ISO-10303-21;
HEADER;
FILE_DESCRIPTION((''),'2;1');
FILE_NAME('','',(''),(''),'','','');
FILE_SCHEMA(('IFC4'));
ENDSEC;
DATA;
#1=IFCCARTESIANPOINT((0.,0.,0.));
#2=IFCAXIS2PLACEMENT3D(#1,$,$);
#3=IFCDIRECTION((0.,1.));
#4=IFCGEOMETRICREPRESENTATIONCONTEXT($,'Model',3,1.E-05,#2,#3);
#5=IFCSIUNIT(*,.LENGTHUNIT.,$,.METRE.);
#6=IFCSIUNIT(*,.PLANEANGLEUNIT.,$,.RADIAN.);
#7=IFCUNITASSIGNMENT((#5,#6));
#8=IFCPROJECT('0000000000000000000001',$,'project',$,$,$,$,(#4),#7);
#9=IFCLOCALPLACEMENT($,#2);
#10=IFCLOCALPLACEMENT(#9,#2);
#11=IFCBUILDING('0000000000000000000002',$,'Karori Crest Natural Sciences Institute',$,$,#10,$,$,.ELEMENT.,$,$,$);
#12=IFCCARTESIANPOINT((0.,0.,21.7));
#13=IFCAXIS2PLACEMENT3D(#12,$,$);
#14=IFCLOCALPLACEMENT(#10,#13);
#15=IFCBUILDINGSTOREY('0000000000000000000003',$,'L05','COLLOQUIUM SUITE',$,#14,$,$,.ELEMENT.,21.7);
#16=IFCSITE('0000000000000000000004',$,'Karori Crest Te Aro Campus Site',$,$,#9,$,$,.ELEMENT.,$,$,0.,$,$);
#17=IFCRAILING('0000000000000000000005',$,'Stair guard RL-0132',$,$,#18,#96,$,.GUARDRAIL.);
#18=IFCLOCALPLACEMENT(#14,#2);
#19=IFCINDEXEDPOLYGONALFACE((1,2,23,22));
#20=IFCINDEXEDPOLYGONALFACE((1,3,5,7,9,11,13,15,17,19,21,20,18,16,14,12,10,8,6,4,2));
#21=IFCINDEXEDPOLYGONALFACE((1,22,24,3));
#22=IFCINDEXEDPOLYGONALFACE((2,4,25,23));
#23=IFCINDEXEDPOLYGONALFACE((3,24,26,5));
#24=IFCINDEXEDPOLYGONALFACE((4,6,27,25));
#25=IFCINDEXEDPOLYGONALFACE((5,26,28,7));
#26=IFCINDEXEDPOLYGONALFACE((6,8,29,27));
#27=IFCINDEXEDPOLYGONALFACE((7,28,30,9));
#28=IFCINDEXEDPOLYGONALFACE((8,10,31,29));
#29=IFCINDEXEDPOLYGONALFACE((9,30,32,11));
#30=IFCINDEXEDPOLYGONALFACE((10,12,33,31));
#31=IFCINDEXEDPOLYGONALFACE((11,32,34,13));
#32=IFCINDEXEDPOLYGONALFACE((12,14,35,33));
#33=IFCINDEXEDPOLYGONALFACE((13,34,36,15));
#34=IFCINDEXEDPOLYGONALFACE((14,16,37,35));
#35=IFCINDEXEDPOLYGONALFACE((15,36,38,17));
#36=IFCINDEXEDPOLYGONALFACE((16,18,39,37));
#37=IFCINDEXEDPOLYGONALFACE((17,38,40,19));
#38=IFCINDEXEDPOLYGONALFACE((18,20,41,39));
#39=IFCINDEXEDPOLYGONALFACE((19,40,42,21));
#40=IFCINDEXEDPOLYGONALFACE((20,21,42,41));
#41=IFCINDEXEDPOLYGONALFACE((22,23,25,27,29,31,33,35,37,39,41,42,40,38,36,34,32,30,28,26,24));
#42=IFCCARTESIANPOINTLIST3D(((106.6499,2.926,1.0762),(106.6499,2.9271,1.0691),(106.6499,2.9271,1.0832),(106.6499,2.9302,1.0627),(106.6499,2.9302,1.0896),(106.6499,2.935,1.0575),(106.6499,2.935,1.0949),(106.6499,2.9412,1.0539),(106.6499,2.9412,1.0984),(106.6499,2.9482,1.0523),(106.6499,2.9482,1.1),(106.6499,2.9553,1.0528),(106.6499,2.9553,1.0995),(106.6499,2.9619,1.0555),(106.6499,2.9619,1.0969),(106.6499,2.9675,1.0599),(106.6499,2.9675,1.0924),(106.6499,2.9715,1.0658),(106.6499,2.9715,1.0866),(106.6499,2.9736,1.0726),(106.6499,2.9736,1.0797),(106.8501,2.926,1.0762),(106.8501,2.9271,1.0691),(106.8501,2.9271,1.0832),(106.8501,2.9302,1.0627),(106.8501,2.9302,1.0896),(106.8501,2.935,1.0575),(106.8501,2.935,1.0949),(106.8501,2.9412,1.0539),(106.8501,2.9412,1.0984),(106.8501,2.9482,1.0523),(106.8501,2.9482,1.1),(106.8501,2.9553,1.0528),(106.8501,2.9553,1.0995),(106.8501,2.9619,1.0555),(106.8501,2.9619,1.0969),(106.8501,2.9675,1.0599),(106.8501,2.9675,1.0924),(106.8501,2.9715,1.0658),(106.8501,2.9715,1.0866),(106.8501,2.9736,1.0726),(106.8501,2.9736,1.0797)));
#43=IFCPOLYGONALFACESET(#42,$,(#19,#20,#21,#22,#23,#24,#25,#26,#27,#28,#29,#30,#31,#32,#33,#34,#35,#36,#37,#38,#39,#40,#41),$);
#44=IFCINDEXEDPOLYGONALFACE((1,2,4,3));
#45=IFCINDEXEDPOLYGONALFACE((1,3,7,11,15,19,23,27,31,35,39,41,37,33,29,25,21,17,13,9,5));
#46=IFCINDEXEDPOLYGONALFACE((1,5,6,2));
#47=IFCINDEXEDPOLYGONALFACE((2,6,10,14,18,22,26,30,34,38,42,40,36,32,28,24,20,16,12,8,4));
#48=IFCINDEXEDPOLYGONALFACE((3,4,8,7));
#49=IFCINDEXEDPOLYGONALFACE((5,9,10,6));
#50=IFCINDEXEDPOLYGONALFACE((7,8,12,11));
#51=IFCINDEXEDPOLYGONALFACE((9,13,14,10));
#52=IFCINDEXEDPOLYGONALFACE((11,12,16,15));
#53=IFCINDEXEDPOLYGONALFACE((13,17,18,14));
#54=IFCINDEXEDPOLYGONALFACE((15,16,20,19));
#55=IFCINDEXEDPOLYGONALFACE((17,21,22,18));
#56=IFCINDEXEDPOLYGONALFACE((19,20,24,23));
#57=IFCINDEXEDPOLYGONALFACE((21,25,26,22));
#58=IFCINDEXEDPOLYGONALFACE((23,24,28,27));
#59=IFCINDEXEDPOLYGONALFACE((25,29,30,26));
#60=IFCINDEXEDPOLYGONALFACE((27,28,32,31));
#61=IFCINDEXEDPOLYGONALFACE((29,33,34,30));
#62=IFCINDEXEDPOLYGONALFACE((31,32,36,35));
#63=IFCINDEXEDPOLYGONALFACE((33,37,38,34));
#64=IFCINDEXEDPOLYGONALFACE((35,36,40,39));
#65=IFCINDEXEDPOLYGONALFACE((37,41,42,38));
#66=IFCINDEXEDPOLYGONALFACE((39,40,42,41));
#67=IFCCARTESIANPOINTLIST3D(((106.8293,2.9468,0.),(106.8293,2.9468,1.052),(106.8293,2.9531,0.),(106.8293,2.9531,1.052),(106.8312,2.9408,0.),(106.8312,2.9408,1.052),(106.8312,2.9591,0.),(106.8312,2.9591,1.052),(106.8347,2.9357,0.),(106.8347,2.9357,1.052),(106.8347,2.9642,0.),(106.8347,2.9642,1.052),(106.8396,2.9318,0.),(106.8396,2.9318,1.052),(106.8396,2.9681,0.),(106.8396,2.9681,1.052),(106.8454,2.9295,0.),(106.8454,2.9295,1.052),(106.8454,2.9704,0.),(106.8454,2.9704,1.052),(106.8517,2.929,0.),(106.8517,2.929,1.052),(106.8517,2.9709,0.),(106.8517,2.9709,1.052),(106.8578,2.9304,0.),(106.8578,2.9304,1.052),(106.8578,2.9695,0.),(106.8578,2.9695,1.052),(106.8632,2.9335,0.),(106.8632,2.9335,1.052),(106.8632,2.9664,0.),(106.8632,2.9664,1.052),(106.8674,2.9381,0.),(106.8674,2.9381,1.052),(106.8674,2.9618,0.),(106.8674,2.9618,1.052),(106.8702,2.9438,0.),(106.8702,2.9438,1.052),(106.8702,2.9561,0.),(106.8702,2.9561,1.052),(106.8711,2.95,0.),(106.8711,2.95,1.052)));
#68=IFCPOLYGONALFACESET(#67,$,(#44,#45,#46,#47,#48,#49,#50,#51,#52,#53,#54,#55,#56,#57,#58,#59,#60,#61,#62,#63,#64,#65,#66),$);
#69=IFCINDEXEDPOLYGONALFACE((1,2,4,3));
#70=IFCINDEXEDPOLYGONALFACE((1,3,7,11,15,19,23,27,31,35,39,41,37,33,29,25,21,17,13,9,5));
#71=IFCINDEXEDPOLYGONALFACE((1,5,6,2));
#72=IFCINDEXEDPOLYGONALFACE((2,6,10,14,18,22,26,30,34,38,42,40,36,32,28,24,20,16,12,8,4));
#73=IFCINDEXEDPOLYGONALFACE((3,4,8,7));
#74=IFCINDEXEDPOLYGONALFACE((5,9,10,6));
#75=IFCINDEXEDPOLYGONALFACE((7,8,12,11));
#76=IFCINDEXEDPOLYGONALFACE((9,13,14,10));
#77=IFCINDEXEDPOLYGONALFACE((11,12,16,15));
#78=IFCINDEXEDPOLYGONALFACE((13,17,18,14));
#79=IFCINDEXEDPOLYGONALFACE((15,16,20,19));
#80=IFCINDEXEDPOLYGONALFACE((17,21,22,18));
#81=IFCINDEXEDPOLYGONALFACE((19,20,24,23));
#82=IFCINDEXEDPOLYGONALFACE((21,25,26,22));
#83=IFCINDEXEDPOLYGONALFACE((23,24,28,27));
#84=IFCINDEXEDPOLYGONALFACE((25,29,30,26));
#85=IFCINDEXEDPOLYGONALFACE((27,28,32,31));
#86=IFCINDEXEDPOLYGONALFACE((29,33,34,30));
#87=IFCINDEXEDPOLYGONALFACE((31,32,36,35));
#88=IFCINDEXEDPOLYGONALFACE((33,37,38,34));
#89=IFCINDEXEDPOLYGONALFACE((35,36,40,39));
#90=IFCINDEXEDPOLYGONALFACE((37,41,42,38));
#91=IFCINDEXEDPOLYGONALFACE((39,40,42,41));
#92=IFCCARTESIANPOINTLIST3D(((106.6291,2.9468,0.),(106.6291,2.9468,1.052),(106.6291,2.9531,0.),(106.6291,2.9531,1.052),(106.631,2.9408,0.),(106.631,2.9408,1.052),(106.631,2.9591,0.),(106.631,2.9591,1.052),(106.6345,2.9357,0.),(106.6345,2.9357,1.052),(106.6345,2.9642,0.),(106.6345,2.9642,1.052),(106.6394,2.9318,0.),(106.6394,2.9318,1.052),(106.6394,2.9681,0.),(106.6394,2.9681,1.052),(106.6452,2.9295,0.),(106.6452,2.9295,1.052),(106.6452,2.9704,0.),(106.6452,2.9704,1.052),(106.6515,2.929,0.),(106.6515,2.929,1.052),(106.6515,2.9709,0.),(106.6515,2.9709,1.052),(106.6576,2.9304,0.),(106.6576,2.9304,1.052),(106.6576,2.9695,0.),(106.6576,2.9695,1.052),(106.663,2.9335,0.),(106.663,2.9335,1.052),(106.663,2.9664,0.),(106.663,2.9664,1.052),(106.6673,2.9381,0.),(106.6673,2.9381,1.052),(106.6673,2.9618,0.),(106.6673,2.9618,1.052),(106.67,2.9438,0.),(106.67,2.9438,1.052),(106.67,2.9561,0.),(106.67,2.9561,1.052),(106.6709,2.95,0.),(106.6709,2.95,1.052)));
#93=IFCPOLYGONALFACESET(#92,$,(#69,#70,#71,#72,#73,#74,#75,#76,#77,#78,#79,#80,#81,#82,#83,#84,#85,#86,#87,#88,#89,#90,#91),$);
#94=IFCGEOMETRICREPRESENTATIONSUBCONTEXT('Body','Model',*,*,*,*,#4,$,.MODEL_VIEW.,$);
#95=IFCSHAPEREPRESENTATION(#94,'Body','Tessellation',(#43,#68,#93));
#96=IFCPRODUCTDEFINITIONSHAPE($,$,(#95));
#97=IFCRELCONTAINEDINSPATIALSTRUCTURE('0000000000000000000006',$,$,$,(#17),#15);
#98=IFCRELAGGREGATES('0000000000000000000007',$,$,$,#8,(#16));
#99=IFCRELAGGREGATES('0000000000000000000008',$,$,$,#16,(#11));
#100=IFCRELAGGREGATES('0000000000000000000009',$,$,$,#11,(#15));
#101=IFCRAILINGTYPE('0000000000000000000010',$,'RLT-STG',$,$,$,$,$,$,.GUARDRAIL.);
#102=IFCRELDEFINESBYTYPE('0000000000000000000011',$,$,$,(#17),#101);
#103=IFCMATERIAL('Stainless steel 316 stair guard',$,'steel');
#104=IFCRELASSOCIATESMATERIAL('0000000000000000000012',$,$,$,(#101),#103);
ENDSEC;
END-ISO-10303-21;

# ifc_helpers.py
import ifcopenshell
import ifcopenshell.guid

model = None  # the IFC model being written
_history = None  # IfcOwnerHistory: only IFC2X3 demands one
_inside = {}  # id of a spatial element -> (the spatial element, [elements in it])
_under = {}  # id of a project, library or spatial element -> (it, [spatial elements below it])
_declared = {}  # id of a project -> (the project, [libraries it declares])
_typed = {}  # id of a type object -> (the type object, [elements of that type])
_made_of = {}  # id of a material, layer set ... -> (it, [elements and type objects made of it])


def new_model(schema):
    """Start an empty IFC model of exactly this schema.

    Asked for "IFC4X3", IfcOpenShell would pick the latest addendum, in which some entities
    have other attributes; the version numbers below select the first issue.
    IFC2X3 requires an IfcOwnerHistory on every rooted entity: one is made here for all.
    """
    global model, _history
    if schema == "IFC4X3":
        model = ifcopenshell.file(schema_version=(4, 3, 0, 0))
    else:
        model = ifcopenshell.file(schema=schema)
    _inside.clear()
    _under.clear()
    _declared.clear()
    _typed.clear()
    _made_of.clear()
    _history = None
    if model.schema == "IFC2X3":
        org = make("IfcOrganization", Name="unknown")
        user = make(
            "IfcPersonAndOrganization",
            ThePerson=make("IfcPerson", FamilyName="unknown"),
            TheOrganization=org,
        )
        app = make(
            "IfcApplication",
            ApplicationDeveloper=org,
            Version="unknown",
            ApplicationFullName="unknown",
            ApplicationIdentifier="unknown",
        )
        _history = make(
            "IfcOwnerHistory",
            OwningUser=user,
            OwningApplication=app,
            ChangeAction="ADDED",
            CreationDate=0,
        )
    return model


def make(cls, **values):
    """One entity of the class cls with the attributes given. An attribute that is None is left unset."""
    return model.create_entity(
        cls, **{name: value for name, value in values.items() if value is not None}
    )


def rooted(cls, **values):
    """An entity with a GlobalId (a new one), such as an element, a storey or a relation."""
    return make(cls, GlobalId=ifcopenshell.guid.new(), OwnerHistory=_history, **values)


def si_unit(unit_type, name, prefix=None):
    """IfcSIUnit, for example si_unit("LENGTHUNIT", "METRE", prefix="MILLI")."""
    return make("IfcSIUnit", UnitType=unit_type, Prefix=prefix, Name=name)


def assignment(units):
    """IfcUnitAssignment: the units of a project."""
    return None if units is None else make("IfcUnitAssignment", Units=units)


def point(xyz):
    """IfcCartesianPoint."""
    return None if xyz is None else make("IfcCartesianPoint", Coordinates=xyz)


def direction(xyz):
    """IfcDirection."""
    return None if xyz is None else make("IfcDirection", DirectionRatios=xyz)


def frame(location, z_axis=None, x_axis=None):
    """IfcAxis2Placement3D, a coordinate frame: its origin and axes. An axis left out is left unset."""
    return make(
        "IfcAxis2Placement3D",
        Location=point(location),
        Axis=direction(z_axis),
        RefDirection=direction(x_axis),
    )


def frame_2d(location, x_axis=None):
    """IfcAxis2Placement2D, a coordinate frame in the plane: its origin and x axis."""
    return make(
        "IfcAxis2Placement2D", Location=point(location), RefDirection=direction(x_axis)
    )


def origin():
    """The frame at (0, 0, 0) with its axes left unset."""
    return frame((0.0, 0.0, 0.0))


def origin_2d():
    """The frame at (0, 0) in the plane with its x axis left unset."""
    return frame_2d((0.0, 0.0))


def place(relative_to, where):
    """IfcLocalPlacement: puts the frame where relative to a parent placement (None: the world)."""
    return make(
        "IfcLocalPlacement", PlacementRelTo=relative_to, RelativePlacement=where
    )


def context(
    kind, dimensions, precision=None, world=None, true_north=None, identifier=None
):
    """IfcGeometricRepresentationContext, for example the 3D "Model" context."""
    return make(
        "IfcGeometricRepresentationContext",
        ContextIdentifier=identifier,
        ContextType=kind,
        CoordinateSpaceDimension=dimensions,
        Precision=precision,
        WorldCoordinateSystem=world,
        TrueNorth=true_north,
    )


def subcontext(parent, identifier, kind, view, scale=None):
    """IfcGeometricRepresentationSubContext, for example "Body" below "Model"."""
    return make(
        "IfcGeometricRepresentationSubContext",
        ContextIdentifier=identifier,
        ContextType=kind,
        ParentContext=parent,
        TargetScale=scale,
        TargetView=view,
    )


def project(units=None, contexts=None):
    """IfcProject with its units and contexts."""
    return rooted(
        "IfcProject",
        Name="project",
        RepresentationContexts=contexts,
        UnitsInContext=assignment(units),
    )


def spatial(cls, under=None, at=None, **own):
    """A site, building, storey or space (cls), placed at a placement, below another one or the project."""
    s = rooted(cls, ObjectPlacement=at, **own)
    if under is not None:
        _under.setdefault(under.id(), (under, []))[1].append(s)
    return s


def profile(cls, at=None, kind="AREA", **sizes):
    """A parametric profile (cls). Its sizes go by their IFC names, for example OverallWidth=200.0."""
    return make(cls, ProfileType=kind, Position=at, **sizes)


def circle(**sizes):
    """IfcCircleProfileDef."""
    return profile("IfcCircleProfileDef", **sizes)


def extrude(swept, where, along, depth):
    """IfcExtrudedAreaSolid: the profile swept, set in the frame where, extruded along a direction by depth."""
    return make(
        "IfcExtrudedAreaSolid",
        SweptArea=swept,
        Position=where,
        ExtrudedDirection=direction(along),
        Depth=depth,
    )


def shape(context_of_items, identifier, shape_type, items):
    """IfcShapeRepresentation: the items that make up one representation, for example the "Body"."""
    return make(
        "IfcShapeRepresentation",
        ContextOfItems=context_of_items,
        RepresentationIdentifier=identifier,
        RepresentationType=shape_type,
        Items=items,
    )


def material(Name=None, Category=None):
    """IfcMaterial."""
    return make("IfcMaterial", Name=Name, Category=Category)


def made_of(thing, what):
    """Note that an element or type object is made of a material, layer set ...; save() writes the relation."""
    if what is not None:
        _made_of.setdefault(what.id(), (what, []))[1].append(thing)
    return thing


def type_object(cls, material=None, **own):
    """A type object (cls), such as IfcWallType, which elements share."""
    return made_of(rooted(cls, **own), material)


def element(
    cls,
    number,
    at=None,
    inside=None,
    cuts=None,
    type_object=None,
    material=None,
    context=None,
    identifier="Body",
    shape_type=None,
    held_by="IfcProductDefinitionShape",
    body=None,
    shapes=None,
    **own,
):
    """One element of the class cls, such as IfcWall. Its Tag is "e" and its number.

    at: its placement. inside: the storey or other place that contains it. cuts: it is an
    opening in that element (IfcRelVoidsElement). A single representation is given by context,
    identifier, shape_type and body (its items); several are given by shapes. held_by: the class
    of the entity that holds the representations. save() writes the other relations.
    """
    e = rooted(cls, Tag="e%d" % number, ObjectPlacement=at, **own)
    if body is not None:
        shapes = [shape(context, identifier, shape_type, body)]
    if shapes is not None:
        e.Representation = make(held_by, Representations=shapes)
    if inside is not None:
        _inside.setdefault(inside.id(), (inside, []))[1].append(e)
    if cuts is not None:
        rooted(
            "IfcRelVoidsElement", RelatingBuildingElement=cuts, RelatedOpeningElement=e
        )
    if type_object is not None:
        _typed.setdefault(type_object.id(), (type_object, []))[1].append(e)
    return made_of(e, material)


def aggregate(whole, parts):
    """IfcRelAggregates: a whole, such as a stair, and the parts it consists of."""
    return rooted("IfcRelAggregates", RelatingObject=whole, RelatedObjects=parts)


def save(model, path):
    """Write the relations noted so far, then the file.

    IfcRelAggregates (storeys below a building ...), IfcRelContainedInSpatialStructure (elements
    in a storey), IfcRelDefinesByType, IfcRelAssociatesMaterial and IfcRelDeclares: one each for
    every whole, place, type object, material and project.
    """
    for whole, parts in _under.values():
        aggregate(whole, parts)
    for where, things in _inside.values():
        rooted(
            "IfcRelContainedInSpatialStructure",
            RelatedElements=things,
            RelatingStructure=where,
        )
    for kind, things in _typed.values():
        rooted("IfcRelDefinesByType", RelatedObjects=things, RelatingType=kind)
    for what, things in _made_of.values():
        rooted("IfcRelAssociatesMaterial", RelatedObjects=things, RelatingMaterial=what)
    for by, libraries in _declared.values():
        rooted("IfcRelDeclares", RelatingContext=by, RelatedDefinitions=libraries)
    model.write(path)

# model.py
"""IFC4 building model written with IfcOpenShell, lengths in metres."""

from ifc_helpers import new_model, si_unit, direction, frame, origin, origin_2d, place, context, subcontext, project, spatial, circle, extrude, material, type_object, element, save


model = new_model("IFC4")

# Units and contexts
model_context = context("Model", 3, precision=1e-05, world=origin(), true_north=direction((0.0, 1.0)))
body_context = subcontext(model_context, "Body", "Model", "MODEL_VIEW")
ifc_project = project(units=[si_unit("LENGTHUNIT", "METRE"), si_unit("PLANEANGLEUNIT", "RADIAN")], contexts=[model_context])

# Site, building, storey
site_placement = place(None, origin())
site = spatial("IfcSite", under=ifc_project, at=site_placement, Name="Karori Crest Te Aro Campus Site", CompositionType="ELEMENT", RefElevation=0.0)
building_placement = place(site_placement, origin())
building = spatial("IfcBuilding", under=site, at=building_placement, Name="Karori Crest Natural Sciences Institute", CompositionType="ELEMENT")
storey_placement = place(building_placement, frame((0.0, 0.0, 21.7)))
storey = spatial("IfcBuildingStorey", under=building, at=storey_placement, Name="L05", Description="COLLOQUIUM SUITE", CompositionType="ELEMENT", Elevation=21.7)

# Railing
ifc_material_1 = material(Name="Stainless steel 316 stair guard", Category="steel")
railing_type_1 = type_object("IfcRailingType", Name="RLT-STG", PredefinedType="GUARDRAIL", material=ifc_material_1)
railing_1_placement = place(storey_placement, frame((106.8501, 2.95, 0.0)))
element("IfcRailing", 1, at=railing_1_placement, inside=storey, type_object=railing_type_1, Name="Stair guard RL-0132", PredefinedType="GUARDRAIL", context=body_context, shape_type="SweptSolid", body=[
    extrude(circle(Radius=0.0239, at=origin_2d()), frame((0.0, 0.0, 1.0762), z_axis=(-1.0, 0.0, 0.0), x_axis=(0.0, -1.0, 0.0)), (0.0, 0.0, 1.0), 0.2002),
    extrude(circle(Radius=0.021, at=origin_2d()), origin(), (0.0, 0.0, 1.0), 1.052),
    extrude(circle(Radius=0.021, at=origin_2d()), frame((-0.2002, 0.0, 0.0)), (0.0, 0.0, 1.0), 1.052),
])

save(model, "model.ifc")
